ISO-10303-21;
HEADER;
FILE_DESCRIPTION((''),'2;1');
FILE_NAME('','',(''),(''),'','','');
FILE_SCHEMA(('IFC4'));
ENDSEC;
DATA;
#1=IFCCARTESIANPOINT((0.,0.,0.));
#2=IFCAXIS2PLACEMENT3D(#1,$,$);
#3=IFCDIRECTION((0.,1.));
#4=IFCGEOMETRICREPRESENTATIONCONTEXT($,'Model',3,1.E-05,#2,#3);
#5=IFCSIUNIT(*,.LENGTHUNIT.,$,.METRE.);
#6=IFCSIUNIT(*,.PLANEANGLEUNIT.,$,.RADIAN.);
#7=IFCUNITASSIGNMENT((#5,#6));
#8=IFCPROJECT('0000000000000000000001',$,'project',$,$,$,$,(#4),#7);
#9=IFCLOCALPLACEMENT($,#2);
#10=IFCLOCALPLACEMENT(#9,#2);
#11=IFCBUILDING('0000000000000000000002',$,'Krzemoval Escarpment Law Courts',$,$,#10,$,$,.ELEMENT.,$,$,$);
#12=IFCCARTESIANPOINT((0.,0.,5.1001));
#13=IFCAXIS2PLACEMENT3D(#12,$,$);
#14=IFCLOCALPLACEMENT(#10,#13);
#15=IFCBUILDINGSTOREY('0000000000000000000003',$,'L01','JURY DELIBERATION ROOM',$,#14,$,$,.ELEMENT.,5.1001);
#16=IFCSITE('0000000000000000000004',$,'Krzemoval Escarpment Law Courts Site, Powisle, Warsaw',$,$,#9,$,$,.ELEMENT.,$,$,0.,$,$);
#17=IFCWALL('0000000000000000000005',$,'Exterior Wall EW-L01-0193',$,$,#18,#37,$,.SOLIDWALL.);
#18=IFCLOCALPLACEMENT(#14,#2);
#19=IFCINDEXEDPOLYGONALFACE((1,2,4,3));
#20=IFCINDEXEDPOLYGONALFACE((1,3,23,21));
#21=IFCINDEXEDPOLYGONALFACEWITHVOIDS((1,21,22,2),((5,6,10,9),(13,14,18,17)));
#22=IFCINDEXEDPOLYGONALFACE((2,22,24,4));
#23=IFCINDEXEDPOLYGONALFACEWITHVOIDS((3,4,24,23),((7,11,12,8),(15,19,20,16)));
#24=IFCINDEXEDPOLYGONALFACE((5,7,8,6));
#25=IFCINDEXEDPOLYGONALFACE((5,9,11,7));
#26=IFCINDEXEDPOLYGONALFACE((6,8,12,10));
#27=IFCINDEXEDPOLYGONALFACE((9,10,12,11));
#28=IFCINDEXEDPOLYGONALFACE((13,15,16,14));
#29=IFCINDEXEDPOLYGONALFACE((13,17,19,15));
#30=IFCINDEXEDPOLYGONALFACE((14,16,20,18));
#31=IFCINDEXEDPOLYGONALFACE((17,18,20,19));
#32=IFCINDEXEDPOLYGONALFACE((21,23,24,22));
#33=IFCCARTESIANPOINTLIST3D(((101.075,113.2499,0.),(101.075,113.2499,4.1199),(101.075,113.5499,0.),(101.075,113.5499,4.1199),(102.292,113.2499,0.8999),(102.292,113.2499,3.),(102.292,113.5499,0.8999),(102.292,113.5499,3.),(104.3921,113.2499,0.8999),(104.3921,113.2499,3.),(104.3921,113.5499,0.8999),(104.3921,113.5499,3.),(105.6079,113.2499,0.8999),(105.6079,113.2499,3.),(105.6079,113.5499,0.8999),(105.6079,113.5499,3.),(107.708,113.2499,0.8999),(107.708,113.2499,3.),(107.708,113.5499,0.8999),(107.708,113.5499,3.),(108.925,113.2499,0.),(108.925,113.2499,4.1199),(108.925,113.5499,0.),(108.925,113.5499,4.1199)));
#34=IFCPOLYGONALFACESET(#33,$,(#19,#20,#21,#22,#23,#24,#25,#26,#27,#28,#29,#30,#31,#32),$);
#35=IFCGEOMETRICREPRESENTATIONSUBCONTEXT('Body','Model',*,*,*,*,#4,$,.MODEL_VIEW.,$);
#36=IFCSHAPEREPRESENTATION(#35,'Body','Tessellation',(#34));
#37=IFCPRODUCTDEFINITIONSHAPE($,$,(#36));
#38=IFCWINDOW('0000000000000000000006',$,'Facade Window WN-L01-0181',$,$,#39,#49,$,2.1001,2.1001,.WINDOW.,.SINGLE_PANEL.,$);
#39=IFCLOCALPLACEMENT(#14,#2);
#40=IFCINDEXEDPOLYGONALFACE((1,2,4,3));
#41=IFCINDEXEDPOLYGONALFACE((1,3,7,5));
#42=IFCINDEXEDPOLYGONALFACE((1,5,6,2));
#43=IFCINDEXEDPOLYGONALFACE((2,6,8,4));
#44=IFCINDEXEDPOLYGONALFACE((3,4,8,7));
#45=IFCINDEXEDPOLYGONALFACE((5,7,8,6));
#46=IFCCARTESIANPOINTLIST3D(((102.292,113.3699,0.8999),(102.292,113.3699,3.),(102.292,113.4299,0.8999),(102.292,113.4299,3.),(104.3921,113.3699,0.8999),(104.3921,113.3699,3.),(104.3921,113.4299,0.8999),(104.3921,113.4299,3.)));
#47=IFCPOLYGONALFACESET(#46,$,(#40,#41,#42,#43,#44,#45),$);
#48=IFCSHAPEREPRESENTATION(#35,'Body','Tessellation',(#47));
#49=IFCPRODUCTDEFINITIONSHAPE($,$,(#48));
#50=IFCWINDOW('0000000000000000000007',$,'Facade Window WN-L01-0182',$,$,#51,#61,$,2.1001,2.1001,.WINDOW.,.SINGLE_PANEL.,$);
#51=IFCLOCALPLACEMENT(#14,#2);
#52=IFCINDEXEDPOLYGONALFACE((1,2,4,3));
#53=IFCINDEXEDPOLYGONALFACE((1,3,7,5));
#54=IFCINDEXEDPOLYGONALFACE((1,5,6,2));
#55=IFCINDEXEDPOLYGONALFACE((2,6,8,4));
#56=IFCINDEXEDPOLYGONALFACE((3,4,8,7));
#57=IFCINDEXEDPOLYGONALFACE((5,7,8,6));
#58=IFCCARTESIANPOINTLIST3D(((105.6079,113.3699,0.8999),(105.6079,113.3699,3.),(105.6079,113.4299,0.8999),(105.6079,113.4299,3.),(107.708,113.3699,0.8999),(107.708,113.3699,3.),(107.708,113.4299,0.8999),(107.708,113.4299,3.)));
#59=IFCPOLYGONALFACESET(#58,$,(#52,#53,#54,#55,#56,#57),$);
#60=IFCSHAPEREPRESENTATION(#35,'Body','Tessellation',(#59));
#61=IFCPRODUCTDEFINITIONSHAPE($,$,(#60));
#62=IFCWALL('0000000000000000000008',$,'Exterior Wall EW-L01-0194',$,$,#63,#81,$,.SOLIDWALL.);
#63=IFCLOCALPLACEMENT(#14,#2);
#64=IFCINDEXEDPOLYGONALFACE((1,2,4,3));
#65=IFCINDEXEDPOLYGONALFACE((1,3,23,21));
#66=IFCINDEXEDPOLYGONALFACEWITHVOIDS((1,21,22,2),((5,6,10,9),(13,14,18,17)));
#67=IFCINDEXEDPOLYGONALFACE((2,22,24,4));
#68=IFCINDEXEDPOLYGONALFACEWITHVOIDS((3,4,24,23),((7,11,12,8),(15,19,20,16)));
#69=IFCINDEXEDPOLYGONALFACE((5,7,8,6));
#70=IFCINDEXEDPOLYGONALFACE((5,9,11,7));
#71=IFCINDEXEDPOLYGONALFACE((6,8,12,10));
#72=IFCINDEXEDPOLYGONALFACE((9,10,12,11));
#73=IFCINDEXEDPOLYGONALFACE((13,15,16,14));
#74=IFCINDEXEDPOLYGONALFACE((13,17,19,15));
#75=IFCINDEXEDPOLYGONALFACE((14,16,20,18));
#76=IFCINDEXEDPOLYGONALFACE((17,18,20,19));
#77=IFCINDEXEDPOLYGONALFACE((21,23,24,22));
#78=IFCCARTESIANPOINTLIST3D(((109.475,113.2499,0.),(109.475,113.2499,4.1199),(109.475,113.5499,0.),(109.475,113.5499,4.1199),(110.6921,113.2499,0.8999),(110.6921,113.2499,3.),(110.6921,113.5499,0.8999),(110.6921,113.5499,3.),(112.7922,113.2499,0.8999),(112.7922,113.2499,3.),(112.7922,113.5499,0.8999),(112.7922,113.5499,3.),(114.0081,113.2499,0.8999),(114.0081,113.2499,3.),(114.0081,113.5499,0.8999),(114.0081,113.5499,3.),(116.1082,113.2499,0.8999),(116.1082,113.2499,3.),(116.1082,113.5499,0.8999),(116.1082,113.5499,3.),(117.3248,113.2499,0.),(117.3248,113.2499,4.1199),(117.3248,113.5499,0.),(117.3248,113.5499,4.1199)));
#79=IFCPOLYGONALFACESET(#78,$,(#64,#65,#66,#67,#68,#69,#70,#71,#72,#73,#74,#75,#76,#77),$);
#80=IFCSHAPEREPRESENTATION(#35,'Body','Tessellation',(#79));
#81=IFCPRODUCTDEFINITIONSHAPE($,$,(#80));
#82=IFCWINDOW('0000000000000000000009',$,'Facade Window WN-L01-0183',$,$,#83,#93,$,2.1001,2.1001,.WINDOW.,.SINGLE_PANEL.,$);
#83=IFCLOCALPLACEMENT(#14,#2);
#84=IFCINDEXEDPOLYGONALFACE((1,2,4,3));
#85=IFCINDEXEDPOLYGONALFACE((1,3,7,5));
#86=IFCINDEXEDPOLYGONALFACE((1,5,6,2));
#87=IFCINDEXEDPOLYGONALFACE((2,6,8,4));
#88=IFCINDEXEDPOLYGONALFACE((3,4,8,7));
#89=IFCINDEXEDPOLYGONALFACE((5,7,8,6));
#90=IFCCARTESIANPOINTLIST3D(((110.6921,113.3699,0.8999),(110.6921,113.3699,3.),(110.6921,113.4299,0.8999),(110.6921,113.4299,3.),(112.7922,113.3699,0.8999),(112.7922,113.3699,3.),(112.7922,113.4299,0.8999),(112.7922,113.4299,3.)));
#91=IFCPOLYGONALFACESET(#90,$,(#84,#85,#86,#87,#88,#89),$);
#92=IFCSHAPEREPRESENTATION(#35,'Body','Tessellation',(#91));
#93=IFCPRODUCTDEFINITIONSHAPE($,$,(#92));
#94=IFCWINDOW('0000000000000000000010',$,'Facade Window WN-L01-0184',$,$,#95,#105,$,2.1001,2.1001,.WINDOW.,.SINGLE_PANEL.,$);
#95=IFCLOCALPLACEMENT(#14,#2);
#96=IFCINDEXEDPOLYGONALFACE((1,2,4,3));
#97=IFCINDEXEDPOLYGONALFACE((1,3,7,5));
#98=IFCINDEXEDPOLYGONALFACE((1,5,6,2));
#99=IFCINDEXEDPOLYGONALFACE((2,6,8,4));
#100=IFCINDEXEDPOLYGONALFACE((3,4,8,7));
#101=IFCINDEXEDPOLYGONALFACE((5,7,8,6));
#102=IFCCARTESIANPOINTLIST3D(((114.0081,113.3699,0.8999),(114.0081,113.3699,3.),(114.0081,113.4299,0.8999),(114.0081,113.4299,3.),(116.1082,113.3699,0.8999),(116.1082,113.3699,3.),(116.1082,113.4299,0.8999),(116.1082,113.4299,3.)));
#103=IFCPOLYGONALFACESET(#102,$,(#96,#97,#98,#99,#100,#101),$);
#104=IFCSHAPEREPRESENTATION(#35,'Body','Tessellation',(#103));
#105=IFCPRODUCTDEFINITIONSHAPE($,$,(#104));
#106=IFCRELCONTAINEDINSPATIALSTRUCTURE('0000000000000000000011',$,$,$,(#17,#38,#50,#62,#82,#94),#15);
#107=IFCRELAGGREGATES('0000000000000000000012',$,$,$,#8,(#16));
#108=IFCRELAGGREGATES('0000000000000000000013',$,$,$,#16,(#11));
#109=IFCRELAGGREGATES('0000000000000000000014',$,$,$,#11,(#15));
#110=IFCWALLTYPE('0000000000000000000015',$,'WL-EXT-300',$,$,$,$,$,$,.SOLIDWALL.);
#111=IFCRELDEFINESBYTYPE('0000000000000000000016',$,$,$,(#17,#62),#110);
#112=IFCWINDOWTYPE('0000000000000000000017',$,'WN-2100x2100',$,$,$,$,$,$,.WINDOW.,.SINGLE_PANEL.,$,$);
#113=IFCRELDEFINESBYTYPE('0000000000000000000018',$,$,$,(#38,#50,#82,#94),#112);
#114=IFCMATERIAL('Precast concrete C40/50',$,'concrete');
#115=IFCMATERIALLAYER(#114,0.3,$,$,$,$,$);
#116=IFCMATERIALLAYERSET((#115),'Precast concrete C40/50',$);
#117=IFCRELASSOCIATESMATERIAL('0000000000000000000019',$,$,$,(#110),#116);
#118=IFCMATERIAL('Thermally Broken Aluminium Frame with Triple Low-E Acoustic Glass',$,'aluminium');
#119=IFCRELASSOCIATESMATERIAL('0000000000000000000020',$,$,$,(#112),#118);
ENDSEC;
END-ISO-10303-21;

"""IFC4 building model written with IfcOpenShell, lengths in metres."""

from ifc_helpers import new_model, si_unit, direction, frame, frame_2d, origin, place, context, subcontext, project, spatial, rectangle, extrude, material, layer, layer_set, type_object, element, fill, save


model = new_model("IFC4")

# Units and contexts
model_context = context("Model", 3, precision=1e-05, world=origin(), true_north=direction((0.0, 1.0)))
body_context = subcontext(model_context, "Body", "Model", "MODEL_VIEW")
ifc_project = project(units=[si_unit("LENGTHUNIT", "METRE"), si_unit("PLANEANGLEUNIT", "RADIAN")], contexts=[model_context])

# Site, building, storey
site_placement = place(None, origin())
site = spatial("IfcSite", under=ifc_project, at=site_placement, Name="Krzemoval Escarpment Law Courts Site, Powisle, Warsaw", CompositionType="ELEMENT", RefElevation=0.0)
building_placement = place(site_placement, origin())
building = spatial("IfcBuilding", under=site, at=building_placement, Name="Krzemoval Escarpment Law Courts", CompositionType="ELEMENT")
storey_placement = place(building_placement, frame((0.0, 0.0, 5.1001)))
storey = spatial("IfcBuildingStorey", under=building, at=storey_placement, Name="L01", Description="JURY DELIBERATION ROOM", CompositionType="ELEMENT", Elevation=5.1001)

# Walls, openings, windows
ifc_material_1 = material(Name="Precast concrete C40/50", Category="concrete")
ifc_layer_1 = layer(ifc_material_1, 0.3)
ifc_layer_set_1 = layer_set([ifc_layer_1], Name="Precast concrete C40/50")
wall_type = type_object("IfcWallType", Name="WL-EXT-300", PredefinedType="SOLIDWALL", material=ifc_layer_set_1)
wall_1_placement = place(storey_placement, frame((101.075, 113.3999, 0.0), z_axis=(0.0, 0.0, 1.0), x_axis=(1.0, 0.0, 0.0)))
wall_1 = element("IfcWall", 1, at=wall_1_placement, inside=storey, type_object=wall_type, Name="Exterior Wall EW-L01-0193", PredefinedType="SOLIDWALL", context=body_context, shape_type="SweptSolid", body=[
    extrude(rectangle(XDim=7.8501, YDim=0.3, at=frame_2d((3.925, 0.0))), origin(), (0.0, 0.0, 1.0), 4.1199),
])
opening_1_placement = place(wall_1_placement, frame((1.217, 0.0, 0.8999)))
opening_1 = element("IfcOpeningElement", 2, at=opening_1_placement, cuts=wall_1, PredefinedType="OPENING", context=body_context, shape_type="SweptSolid", body=[
    extrude(rectangle(XDim=2.1001, YDim=2.1001, at=frame_2d((1.05, 1.05))), frame((0.0, 0.165, 0.0), z_axis=(0.0, -1.0, 0.0), x_axis=(1.0, 0.0, 0.0)), (0.0, 0.0, 1.0), 0.3301),
])
opening_2_placement = place(wall_1_placement, frame((4.533, 0.0, 0.8999)))
opening_2 = element("IfcOpeningElement", 3, at=opening_2_placement, cuts=wall_1, PredefinedType="OPENING", context=body_context, shape_type="SweptSolid", body=[
    extrude(rectangle(XDim=2.1001, YDim=2.1001, at=frame_2d((1.05, 1.05))), frame((0.0, 0.165, 0.0), z_axis=(0.0, -1.0, 0.0), x_axis=(1.0, 0.0, 0.0)), (0.0, 0.0, 1.0), 0.3301),
])
ifc_material_2 = material(Name="Thermally Broken Aluminium Frame with Triple Low-E Acoustic Glass", Category="aluminium")
window_type = type_object("IfcWindowType", Name="WN-2100x2100", PartitioningType="SINGLE_PANEL", PredefinedType="WINDOW", material=ifc_material_2)
window_1_placement = place(opening_1_placement, origin())
window_1 = element("IfcWindow", 4, at=window_1_placement, inside=storey, type_object=window_type, Name="Facade Window WN-L01-0181", OverallHeight=2.1001, OverallWidth=2.1001, PartitioningType="SINGLE_PANEL", PredefinedType="WINDOW", context=body_context, shape_type="SweptSolid", body=[
    extrude(rectangle(XDim=2.1001, YDim=2.1001, at=frame_2d((1.05, 1.05))), frame((0.0, 0.03, 0.0), z_axis=(0.0, -1.0, 0.0), x_axis=(1.0, 0.0, 0.0)), (0.0, 0.0, 1.0), 0.0601),
])
fill(opening_1, window_1)
window_2_placement = place(opening_2_placement, origin())
window_2 = element("IfcWindow", 5, at=window_2_placement, inside=storey, type_object=window_type, Name="Facade Window WN-L01-0182", OverallHeight=2.1001, OverallWidth=2.1001, PartitioningType="SINGLE_PANEL", PredefinedType="WINDOW", context=body_context, shape_type="SweptSolid", body=[
    extrude(rectangle(XDim=2.1001, YDim=2.1001, at=frame_2d((1.05, 1.05))), frame((0.0, 0.03, 0.0), z_axis=(0.0, -1.0, 0.0), x_axis=(1.0, 0.0, 0.0)), (0.0, 0.0, 1.0), 0.0601),
])
fill(opening_2, window_2)
wall_2_placement = place(storey_placement, frame((109.4751, 113.3999, 0.0), z_axis=(0.0, 0.0, 1.0), x_axis=(1.0, 0.0, 0.0)))
wall_2 = element("IfcWall", 6, at=wall_2_placement, inside=storey, type_object=wall_type, Name="Exterior Wall EW-L01-0194", PredefinedType="SOLIDWALL", context=body_context, shape_type="SweptSolid", body=[
    extrude(rectangle(XDim=7.8499, YDim=0.3, at=frame_2d((3.9248, 0.0))), origin(), (0.0, 0.0, 1.0), 4.1199),
])
opening_3_placement = place(wall_2_placement, frame((1.217, 0.0, 0.8999)))
opening_3 = element("IfcOpeningElement", 7, at=opening_3_placement, cuts=wall_2, PredefinedType="OPENING", context=body_context, shape_type="SweptSolid", body=[
    extrude(rectangle(XDim=2.1001, YDim=2.1001, at=frame_2d((1.05, 1.05))), frame((0.0, 0.165, 0.0), z_axis=(0.0, -1.0, 0.0), x_axis=(1.0, 0.0, 0.0)), (0.0, 0.0, 1.0), 0.3301),
])
opening_4_placement = place(wall_2_placement, frame((4.533, 0.0, 0.8999)))
opening_4 = element("IfcOpeningElement", 8, at=opening_4_placement, cuts=wall_2, PredefinedType="OPENING", context=body_context, shape_type="SweptSolid", body=[
    extrude(rectangle(XDim=2.1001, YDim=2.1001, at=frame_2d((1.05, 1.05))), frame((0.0, 0.165, 0.0), z_axis=(0.0, -1.0, 0.0), x_axis=(1.0, 0.0, 0.0)), (0.0, 0.0, 1.0), 0.3301),
])
window_3_placement = place(opening_3_placement, origin())
window_3 = element("IfcWindow", 9, at=window_3_placement, inside=storey, type_object=window_type, Name="Facade Window WN-L01-0183", OverallHeight=2.1001, OverallWidth=2.1001, PartitioningType="SINGLE_PANEL", PredefinedType="WINDOW", context=body_context, shape_type="SweptSolid", body=[
    extrude(rectangle(XDim=2.1001, YDim=2.1001, at=frame_2d((1.05, 1.05))), frame((0.0, 0.03, 0.0), z_axis=(0.0, -1.0, 0.0), x_axis=(1.0, 0.0, 0.0)), (0.0, 0.0, 1.0), 0.0601),
])
fill(opening_3, window_3)
window_4_placement = place(opening_4_placement, origin())
window_4 = element("IfcWindow", 10, at=window_4_placement, inside=storey, type_object=window_type, Name="Facade Window WN-L01-0184", OverallHeight=2.1001, OverallWidth=2.1001, PartitioningType="SINGLE_PANEL", PredefinedType="WINDOW", context=body_context, shape_type="SweptSolid", body=[
    extrude(rectangle(XDim=2.1001, YDim=2.1001, at=frame_2d((1.05, 1.05))), frame((0.0, 0.03, 0.0), z_axis=(0.0, -1.0, 0.0), x_axis=(1.0, 0.0, 0.0)), (0.0, 0.0, 1.0), 0.0601),
])
fill(opening_4, window_4)

save(model, "model.ifc")
